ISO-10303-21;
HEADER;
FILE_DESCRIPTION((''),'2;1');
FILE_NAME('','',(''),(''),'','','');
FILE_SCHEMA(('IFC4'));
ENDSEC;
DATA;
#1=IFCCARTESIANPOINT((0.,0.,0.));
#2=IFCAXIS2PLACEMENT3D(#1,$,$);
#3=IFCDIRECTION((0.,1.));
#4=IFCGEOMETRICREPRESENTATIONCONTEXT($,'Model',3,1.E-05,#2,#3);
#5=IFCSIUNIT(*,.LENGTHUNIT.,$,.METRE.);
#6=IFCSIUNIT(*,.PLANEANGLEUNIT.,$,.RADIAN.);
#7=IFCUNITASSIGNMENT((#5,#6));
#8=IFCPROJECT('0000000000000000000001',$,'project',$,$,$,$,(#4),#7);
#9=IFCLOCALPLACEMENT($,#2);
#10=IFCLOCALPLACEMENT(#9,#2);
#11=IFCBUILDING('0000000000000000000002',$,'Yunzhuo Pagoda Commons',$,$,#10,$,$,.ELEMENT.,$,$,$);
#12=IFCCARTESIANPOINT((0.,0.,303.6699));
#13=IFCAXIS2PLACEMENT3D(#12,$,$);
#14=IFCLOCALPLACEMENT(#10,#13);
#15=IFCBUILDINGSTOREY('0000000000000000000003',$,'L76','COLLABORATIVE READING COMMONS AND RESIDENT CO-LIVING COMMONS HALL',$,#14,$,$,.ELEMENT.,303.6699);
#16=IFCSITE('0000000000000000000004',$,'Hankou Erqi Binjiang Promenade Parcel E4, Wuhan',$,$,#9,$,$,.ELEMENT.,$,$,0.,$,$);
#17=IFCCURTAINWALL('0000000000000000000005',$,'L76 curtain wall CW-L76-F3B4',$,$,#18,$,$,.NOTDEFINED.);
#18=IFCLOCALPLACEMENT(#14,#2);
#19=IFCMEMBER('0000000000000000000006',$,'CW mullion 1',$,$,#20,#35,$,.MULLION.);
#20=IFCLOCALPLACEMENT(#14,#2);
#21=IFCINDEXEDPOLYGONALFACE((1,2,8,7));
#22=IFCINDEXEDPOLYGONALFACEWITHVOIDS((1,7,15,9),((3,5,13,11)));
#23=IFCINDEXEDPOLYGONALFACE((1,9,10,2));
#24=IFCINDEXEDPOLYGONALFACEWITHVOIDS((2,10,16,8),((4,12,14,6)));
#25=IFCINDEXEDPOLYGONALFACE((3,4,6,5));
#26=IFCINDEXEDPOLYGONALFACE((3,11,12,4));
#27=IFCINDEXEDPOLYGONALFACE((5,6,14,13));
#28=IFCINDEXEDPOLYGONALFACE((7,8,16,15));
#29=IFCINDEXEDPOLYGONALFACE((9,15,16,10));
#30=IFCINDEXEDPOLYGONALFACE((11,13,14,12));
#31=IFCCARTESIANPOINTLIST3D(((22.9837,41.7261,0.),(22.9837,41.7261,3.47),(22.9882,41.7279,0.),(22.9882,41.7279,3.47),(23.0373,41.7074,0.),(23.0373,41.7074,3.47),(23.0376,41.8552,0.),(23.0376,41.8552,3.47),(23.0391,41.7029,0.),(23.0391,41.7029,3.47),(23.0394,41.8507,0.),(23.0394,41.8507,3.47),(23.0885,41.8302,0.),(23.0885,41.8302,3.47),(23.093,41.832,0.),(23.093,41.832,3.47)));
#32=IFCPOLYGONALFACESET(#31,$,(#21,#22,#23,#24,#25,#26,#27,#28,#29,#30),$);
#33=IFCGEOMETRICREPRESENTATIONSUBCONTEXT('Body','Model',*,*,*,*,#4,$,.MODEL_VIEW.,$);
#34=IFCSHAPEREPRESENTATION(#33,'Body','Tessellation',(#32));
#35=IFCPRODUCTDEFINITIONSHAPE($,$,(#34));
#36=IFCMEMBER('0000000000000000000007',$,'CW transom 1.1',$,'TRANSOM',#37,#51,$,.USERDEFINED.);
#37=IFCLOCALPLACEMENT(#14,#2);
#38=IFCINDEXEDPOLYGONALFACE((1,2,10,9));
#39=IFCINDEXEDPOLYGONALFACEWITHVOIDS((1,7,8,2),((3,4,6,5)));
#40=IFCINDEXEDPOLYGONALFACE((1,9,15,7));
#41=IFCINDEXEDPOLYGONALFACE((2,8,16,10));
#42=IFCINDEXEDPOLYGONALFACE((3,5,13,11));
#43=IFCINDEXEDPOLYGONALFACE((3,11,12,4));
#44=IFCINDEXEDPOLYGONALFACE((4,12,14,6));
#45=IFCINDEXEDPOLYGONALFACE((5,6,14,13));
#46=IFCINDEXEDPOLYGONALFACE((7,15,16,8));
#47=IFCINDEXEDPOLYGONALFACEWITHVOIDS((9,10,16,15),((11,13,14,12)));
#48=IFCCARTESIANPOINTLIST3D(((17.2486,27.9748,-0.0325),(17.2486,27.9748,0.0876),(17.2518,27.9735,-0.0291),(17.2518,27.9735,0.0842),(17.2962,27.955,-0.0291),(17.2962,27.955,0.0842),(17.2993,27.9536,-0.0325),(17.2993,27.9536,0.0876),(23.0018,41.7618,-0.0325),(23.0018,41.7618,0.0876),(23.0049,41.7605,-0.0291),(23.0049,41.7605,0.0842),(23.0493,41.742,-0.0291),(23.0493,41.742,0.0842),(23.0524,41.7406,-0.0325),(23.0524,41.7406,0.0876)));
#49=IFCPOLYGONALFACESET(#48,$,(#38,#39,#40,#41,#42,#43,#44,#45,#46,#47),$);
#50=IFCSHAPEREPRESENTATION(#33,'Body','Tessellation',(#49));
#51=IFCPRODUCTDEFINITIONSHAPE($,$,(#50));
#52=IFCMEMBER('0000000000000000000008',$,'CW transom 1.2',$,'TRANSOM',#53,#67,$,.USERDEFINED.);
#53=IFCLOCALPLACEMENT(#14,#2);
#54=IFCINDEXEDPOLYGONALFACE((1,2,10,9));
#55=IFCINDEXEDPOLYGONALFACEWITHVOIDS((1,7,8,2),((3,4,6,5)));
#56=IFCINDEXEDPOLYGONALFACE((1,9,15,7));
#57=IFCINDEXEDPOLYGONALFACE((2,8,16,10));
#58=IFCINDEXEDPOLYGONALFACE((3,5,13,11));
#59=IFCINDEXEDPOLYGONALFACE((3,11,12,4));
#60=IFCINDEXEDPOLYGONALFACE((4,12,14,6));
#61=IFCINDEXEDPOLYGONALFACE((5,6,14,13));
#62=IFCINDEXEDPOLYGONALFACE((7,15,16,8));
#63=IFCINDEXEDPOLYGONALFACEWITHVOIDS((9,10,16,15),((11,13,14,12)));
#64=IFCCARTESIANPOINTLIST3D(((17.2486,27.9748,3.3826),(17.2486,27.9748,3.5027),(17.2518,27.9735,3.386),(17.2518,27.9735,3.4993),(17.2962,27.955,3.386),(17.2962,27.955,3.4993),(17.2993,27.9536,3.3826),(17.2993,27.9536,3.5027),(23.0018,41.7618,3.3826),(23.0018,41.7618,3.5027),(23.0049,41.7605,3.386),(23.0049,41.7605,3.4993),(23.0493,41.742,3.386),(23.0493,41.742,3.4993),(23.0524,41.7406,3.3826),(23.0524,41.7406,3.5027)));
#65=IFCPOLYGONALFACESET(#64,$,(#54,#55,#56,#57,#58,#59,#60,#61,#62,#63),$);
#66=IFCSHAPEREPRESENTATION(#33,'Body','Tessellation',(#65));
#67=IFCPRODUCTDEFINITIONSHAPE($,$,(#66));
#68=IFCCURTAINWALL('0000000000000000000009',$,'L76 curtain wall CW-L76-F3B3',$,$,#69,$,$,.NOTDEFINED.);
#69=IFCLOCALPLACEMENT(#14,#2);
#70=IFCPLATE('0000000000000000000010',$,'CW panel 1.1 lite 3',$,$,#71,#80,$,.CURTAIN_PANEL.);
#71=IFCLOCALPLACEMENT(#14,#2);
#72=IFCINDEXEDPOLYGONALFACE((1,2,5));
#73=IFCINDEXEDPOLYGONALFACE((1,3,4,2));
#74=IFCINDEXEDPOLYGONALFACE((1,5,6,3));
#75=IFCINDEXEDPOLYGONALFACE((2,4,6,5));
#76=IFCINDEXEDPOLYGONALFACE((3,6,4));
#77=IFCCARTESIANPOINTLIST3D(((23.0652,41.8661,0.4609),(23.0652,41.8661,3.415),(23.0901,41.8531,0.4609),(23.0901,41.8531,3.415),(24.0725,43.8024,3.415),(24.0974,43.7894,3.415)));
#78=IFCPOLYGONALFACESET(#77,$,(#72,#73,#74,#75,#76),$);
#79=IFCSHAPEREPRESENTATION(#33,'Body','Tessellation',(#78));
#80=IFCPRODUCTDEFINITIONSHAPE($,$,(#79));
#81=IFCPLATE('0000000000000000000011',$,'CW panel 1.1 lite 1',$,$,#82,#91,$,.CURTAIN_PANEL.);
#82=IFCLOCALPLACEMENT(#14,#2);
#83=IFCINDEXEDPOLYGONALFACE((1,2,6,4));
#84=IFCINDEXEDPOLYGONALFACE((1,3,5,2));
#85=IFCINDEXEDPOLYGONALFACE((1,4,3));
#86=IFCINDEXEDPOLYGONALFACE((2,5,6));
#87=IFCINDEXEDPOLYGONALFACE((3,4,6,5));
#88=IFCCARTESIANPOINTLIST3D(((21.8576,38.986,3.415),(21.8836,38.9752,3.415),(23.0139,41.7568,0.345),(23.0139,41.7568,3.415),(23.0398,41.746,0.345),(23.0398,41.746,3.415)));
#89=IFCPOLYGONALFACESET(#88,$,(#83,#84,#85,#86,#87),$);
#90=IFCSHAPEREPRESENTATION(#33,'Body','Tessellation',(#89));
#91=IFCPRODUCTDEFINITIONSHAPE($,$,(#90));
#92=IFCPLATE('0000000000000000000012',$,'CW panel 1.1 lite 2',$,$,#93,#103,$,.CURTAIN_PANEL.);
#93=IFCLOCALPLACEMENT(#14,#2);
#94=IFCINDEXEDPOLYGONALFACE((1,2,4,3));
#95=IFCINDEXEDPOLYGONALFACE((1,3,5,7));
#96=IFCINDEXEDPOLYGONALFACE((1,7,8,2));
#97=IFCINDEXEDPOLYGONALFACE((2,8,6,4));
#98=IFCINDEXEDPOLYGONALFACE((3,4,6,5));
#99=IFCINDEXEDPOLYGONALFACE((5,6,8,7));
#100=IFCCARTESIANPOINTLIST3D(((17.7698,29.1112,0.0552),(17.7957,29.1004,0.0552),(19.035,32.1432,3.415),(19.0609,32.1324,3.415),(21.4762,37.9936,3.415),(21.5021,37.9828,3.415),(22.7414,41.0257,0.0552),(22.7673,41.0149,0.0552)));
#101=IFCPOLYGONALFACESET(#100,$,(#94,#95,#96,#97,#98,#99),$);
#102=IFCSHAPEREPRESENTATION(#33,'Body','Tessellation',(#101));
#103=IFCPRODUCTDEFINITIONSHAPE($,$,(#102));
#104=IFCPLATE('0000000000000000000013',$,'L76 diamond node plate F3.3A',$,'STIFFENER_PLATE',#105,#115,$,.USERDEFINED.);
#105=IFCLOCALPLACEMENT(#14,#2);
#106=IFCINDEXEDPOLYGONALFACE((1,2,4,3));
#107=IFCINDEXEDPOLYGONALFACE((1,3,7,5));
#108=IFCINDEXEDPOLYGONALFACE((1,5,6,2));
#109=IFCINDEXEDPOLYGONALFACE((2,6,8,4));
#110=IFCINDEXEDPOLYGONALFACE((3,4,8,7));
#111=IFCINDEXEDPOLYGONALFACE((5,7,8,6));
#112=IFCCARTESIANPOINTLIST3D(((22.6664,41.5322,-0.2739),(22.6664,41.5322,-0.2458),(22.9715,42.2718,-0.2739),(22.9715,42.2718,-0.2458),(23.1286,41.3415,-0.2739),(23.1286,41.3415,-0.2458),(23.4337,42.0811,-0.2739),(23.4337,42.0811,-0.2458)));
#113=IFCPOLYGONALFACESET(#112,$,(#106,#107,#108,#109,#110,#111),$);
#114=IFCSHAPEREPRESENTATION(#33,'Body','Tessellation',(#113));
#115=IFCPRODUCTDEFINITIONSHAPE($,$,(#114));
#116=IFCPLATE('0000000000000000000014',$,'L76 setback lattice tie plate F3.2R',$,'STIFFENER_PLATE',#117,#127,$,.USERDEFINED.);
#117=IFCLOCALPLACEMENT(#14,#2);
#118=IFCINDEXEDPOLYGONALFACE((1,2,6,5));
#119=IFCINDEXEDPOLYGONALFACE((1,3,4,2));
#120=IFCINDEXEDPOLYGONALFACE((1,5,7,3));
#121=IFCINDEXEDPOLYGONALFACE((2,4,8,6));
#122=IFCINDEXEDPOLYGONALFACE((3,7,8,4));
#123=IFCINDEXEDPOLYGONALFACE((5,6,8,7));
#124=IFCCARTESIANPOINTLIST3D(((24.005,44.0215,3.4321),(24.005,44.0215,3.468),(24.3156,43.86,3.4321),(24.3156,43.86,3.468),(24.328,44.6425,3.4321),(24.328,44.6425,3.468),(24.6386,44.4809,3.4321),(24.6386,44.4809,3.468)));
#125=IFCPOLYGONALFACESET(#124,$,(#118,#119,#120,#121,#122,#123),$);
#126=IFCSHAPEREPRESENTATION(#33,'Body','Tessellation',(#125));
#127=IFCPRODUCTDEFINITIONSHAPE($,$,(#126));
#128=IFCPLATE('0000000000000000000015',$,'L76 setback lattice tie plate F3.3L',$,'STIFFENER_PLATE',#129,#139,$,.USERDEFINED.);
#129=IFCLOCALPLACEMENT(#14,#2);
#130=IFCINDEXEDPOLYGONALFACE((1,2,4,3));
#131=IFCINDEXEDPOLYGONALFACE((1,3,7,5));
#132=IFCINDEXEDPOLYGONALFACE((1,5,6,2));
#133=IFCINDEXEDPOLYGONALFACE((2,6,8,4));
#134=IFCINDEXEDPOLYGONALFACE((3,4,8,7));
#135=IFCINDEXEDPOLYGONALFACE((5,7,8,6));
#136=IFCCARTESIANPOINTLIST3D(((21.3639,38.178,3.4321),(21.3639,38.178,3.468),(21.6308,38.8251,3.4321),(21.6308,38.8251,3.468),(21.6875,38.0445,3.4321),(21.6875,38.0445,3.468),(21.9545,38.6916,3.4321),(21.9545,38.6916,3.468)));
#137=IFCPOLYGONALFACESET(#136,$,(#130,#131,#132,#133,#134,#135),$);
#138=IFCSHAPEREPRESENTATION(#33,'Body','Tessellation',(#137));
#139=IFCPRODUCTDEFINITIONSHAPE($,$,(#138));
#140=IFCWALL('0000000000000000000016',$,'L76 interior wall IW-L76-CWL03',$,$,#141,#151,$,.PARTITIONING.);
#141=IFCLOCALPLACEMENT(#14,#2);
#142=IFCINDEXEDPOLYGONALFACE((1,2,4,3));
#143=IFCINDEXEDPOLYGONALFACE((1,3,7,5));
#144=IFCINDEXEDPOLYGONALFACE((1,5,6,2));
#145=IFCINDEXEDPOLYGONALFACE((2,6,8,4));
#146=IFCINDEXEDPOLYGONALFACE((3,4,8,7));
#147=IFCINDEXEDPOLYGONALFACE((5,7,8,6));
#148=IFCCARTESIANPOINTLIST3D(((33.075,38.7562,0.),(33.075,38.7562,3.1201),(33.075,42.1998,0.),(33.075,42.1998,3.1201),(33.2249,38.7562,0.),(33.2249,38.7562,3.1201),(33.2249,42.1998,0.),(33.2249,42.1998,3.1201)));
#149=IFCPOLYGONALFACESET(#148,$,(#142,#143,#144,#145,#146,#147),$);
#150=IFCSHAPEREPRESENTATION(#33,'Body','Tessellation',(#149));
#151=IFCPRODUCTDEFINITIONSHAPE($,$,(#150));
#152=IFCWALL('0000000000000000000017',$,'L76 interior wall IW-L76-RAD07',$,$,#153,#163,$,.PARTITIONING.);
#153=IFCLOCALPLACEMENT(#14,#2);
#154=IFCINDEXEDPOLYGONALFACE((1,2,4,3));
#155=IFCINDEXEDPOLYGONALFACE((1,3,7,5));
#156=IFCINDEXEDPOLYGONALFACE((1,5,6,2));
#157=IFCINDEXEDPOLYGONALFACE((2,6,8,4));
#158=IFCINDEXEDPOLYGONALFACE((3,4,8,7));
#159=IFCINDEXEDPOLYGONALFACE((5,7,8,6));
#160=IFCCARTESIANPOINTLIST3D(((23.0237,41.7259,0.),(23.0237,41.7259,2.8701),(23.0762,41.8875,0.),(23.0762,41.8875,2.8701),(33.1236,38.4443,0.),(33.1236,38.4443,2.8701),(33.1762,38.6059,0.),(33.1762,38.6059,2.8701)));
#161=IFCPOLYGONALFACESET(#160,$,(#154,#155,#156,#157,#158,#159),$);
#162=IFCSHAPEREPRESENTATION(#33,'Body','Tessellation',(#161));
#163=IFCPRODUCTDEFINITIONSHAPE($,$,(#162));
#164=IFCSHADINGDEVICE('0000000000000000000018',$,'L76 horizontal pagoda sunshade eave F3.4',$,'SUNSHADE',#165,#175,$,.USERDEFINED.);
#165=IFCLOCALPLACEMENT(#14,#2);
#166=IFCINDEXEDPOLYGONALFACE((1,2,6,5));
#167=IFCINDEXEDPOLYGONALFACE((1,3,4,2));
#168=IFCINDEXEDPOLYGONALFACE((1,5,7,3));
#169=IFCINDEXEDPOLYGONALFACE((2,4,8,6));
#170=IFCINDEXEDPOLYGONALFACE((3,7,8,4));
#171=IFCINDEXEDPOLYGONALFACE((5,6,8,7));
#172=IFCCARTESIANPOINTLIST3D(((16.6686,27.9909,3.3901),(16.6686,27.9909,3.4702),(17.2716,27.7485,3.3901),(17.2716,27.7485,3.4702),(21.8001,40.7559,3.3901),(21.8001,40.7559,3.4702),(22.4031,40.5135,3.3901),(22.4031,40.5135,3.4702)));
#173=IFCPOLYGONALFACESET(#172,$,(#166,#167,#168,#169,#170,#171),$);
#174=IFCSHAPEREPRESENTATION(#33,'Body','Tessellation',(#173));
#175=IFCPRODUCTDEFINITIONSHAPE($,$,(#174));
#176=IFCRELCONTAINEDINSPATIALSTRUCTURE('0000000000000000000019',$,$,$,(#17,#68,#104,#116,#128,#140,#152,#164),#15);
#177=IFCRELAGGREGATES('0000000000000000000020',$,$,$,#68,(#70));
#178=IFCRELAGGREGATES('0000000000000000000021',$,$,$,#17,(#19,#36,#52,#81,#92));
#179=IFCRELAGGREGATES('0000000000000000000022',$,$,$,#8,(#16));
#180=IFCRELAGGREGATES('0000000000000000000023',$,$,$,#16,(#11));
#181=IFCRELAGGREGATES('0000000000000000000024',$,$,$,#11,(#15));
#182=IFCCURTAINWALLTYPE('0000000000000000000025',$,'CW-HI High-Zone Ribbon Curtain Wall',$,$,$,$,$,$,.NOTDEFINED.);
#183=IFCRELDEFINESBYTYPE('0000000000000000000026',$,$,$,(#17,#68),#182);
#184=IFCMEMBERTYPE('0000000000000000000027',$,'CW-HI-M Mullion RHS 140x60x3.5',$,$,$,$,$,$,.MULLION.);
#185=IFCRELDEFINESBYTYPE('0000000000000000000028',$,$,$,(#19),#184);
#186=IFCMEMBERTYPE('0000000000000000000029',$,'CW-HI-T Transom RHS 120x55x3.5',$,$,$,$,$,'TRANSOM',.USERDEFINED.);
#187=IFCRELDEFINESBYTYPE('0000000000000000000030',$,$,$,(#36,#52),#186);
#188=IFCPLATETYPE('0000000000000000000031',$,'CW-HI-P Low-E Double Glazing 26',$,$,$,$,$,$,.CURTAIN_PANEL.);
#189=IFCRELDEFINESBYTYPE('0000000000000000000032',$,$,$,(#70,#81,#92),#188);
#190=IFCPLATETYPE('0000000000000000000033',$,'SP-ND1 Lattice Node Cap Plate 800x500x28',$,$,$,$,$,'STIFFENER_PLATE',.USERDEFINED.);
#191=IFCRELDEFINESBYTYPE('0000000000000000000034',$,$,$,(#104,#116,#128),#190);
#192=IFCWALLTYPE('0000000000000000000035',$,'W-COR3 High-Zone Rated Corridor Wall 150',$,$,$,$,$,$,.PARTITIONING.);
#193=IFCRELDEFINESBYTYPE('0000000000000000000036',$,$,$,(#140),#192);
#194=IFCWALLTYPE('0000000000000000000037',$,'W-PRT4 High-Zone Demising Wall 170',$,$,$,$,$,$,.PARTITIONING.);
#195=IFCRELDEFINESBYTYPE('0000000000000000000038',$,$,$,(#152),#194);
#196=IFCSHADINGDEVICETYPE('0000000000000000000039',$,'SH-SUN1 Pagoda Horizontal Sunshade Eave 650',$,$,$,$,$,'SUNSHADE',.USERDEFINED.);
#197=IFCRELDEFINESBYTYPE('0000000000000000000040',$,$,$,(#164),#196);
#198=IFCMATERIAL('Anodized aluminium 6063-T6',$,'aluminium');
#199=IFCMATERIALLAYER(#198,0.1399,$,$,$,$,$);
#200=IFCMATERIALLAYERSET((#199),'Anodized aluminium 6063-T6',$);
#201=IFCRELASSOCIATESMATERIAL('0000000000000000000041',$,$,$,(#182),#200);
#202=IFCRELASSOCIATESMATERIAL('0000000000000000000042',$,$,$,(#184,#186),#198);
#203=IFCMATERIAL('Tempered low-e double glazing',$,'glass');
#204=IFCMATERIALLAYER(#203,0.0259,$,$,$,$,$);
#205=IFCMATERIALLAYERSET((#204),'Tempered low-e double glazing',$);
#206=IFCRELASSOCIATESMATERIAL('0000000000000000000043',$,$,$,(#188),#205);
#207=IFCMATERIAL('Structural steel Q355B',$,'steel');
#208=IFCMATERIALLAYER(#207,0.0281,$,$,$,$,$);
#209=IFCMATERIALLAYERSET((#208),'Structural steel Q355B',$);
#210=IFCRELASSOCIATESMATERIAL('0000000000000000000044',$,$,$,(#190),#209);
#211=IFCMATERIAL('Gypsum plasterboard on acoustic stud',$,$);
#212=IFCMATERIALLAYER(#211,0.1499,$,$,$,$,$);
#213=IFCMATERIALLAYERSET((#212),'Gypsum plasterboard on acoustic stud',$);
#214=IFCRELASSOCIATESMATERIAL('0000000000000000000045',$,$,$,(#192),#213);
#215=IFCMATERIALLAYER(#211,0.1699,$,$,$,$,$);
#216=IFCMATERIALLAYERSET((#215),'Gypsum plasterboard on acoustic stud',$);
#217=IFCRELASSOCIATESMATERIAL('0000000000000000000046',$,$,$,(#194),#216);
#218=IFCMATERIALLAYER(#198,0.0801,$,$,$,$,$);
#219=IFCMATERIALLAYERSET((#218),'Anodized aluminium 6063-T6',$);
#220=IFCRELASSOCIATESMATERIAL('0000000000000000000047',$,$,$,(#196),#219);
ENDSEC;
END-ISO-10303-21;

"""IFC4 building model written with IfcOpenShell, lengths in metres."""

from ifc_helpers import new_model, si_unit, direction, frame, frame_2d, origin, origin_2d, place, context, subcontext, project, spatial, polyline, rectangle, hollow_rectangle, outline, extrude, source, transform, mapped, material, layer, layer_set, material_profile, profile_set, type_object, element, aggregate, save


model = new_model("IFC4")

# Units and contexts
model_context = context("Model", 3, precision=1e-05, world=origin(), true_north=direction((0.0, 1.0)))
body_context = subcontext(model_context, "Body", "Model", "MODEL_VIEW")
ifc_project = project(units=[si_unit("LENGTHUNIT", "METRE"), si_unit("PLANEANGLEUNIT", "RADIAN")], contexts=[model_context])

# Site, building, storey
site_placement = place(None, origin())
site = spatial("IfcSite", under=ifc_project, at=site_placement, Name="Hankou Erqi Binjiang Promenade Parcel E4, Wuhan", CompositionType="ELEMENT", RefElevation=0.0)
building_placement = place(site_placement, origin())
building = spatial("IfcBuilding", under=site, at=building_placement, Name="Yunzhuo Pagoda Commons", CompositionType="ELEMENT")
storey_placement = place(building_placement, frame((0.0, 0.0, 303.6699)))
storey = spatial("IfcBuildingStorey", under=building, at=storey_placement, Name="L76", Description="COLLABORATIVE READING COMMONS AND RESIDENT CO-LIVING COMMONS HALL", CompositionType="ELEMENT", Elevation=303.6699)

# Shared definitions
ifc_material_1 = material(Name="Structural steel Q355B", Category="steel")

# Curtain wall, members
ifc_material_2 = material(Name="Anodized aluminium 6063-T6", Category="aluminium")
ifc_layer_1 = layer(ifc_material_2, 0.1399)
ifc_layer_set_1 = layer_set([ifc_layer_1], Name="Anodized aluminium 6063-T6")
curtain_wall_type = type_object("IfcCurtainWallType", Name="CW-HI High-Zone Ribbon Curtain Wall", PredefinedType="NOTDEFINED", material=ifc_layer_set_1)
curtain_wall_1_placement = place(storey_placement, origin())
curtain_wall_1 = element("IfcCurtainWall", 1, at=curtain_wall_1_placement, inside=storey, type_object=curtain_wall_type, Name="L76 curtain wall CW-L76-F3B4", PredefinedType="NOTDEFINED")
ifc_material_profile_1 = material_profile(ifc_material_2, hollow_rectangle(XDim=0.0601, YDim=0.1399, WallThickness=0.0034, at=origin_2d()), Name="Anodized aluminium 6063-T6")
ifc_profile_set_1 = profile_set([ifc_material_profile_1], Name="Anodized aluminium 6063-T6")
member_type_1 = type_object("IfcMemberType", Name="CW-HI-M Mullion RHS 140x60x3.5", PredefinedType="MULLION", material=ifc_profile_set_1)
shared_shape_1 = source(origin(), body_context, "Body", "SweptSolid", [
    extrude(hollow_rectangle(XDim=0.0601, YDim=0.1399, WallThickness=0.0034, at=origin_2d()), origin(), (0.0, 0.0, 1.0), 3.47),
])
member_1_placement = place(storey_placement, frame((23.0383, 41.7791, 0.0), z_axis=(0.0, 0.0, 1.0), x_axis=(0.922876, -0.385097, 0.0)))
member_1 = element("IfcMember", 2, at=member_1_placement, type_object=member_type_1, Name="CW mullion 1", PredefinedType="MULLION", context=body_context, shape_type="MappedRepresentation", body=[
    mapped(shared_shape_1, transform((0.0, 0.0, 0.0), scale=1.0)),
])
ifc_material_profile_2 = material_profile(ifc_material_2, hollow_rectangle(XDim=0.0549, YDim=0.1201, WallThickness=0.0034, at=origin_2d()), Name="Anodized aluminium 6063-T6")
ifc_profile_set_2 = profile_set([ifc_material_profile_2], Name="Anodized aluminium 6063-T6")
member_type_2 = type_object("IfcMemberType", Name="CW-HI-T Transom RHS 120x55x3.5", ElementType="TRANSOM", PredefinedType="USERDEFINED", material=ifc_profile_set_2)
shared_shape_2 = source(origin(), body_context, "Body", "SweptSolid", [
    extrude(hollow_rectangle(XDim=0.0549, YDim=0.1201, WallThickness=0.0034, at=origin_2d()), origin(), (0.0, 0.0, 1.0), 14.9392),
])
member_2_placement = place(storey_placement, frame((23.0271, 41.7512, 0.0276), z_axis=(-0.385103, -0.922874, 0.0), x_axis=(0.922874, -0.385103, 0.0)))
member_2 = element("IfcMember", 3, at=member_2_placement, type_object=member_type_2, Name="CW transom 1.1", ObjectType="TRANSOM", PredefinedType="USERDEFINED", context=body_context, shape_type="MappedRepresentation", body=[
    mapped(shared_shape_2, transform((0.0, 0.0, 0.0), scale=1.0)),
])
member_3_placement = place(storey_placement, frame((23.0271, 41.7512, 3.4426), z_axis=(-0.385103, -0.922874, 0.0), x_axis=(0.922874, -0.385103, 0.0)))
member_3 = element("IfcMember", 4, at=member_3_placement, type_object=member_type_2, Name="CW transom 1.2", ObjectType="TRANSOM", PredefinedType="USERDEFINED", context=body_context, shape_type="MappedRepresentation", body=[
    mapped(shared_shape_2, transform((0.0, 0.0, 0.0), scale=1.0)),
])

# Curtain wall, plate
curtain_wall_2_placement = place(storey_placement, origin())
curtain_wall_2 = element("IfcCurtainWall", 5, at=curtain_wall_2_placement, inside=storey, type_object=curtain_wall_type, Name="L76 curtain wall CW-L76-F3B3", PredefinedType="NOTDEFINED")
ifc_material_3 = material(Name="Tempered low-e double glazing", Category="glass")
ifc_layer_2 = layer(ifc_material_3, 0.0259)
ifc_layer_set_2 = layer_set([ifc_layer_2], Name="Tempered low-e double glazing")
plate_type_1 = type_object("IfcPlateType", Name="CW-HI-P Low-E Double Glazing 26", PredefinedType="CURTAIN_PANEL", material=ifc_layer_set_2)
plate_1_placement = place(storey_placement, frame((23.5938, 42.8213, 1.938), z_axis=(-0.887137, 0.461505, 0.0), x_axis=(-0.461505, -0.887137, 0.0)))
plate_1 = element("IfcPlate", 6, at=plate_1_placement, type_object=plate_type_1, Name="CW panel 1.1 lite 3", PredefinedType="CURTAIN_PANEL", context=body_context, shape_type="SweptSolid", body=[
    extrude(outline(polyline([(-1.0913, 1.4771), (1.0913, -1.4771), (1.0913, 1.4771), (-1.0913, 1.4771)])), origin(), (0.0, 0.0, 1.0), 0.0281),
])
aggregate(curtain_wall_2, [plate_1])

# Plates
plate_2_placement = place(storey_placement, frame((22.4617, 40.3606, 1.8799), z_axis=(-0.922876, 0.385097, 0.0), x_axis=(-0.385097, -0.922876, 0.0)))
plate_2 = element("IfcPlate", 7, at=plate_2_placement, type_object=plate_type_1, Name="CW panel 1.1 lite 1", PredefinedType="CURTAIN_PANEL", context=body_context, shape_type="SweptSolid", body=[
    extrude(outline(polyline([(-1.5012, -1.5349), (1.5012, 1.5352), (-1.5012, 1.5352), (-1.5012, -1.5349)])), origin(), (0.0, 0.0, 1.0), 0.0281),
])
plate_3_placement = place(storey_placement, frame((20.2815, 35.0576, 1.7351), z_axis=(-0.922876, 0.385097, 0.0), x_axis=(-0.385097, -0.922876, 0.0)))
plate_3 = element("IfcPlate", 8, at=plate_3_placement, type_object=plate_type_1, Name="CW panel 1.1 lite 2", PredefinedType="CURTAIN_PANEL", context=body_context, shape_type="SweptSolid", body=[
    extrude(outline(polyline([(-6.4551, -1.6799), (6.4551, -1.6799), (3.1697, 1.6799), (-3.1697, 1.6799), (-6.4551, -1.6799)])), origin(), (0.0, 0.0, 1.0), 0.0281),
])
aggregate(curtain_wall_1, [member_1, member_2, member_3, plate_2, plate_3])

# Plates
ifc_layer_3 = layer(ifc_material_1, 0.0281)
ifc_layer_set_3 = layer_set([ifc_layer_3], Name="Structural steel Q355B")
plate_type_2 = type_object("IfcPlateType", Name="SP-ND1 Lattice Node Cap Plate 800x500x28", ElementType="STIFFENER_PLATE", PredefinedType="USERDEFINED", material=ifc_layer_set_3)
shared_shape_3 = source(origin(), body_context, "Body", "SweptSolid", [
    extrude(rectangle(XDim=0.8, YDim=0.5, at=origin_2d()), origin(), (0.0, 0.0, 1.0), 0.0281),
])
plate_4_placement = place(storey_placement, frame((23.05, 41.8066, -0.2739), z_axis=(0.0, 0.0, 1.0), x_axis=(-0.381345, -0.924433, 0.0)))
element("IfcPlate", 9, at=plate_4_placement, inside=storey, type_object=plate_type_2, Name="L76 diamond node plate F3.3A", ObjectType="STIFFENER_PLATE", PredefinedType="USERDEFINED", context=body_context, shape_type="MappedRepresentation", body=[
    mapped(shared_shape_3, transform((0.0, 0.0, 0.0), scale=1.0)),
])
shared_shape_4 = source(origin(), body_context, "Body", "SweptSolid", [
    extrude(rectangle(XDim=0.7, YDim=0.3501, at=origin_2d()), origin(), (0.0, 0.0, 1.0), 0.0359),
])
for number, where, z_axis, x_axis, name in (
    (10, (24.3218, 44.2512, 3.4321), (0.0, 0.0, 1.0), (-0.461501, -0.88714, 0.0), "L76 setback lattice tie plate F3.2R"),
    (11, (21.6592, 38.4348, 3.4321), (0.0, 0.0, 1.0), (-0.381345, -0.924433, 0.0), "L76 setback lattice tie plate F3.3L"),
):
    element("IfcPlate", number, at=place(storey_placement, frame(where, z_axis=z_axis, x_axis=x_axis)), inside=storey, type_object=plate_type_2, Name=name, ObjectType="STIFFENER_PLATE", PredefinedType="USERDEFINED", context=body_context, shape_type="MappedRepresentation", body=[
        mapped(shared_shape_4, transform((0.0, 0.0, 0.0), scale=1.0)),
    ])

# Walls
ifc_material_4 = material(Name="Gypsum plasterboard on acoustic stud")
ifc_layer_4 = layer(ifc_material_4, 0.1499)
ifc_layer_set_4 = layer_set([ifc_layer_4], Name="Gypsum plasterboard on acoustic stud")
wall_type_1 = type_object("IfcWallType", Name="W-COR3 High-Zone Rated Corridor Wall 150", PredefinedType="PARTITIONING", material=ifc_layer_set_4)
wall_1_placement = place(storey_placement, frame((33.1499, 38.7563, 0.0), z_axis=(0.0, 0.0, 1.0), x_axis=(0.0, 1.0, 0.0)))
element("IfcWall", 12, at=wall_1_placement, inside=storey, type_object=wall_type_1, Name="L76 interior wall IW-L76-CWL03", PredefinedType="PARTITIONING", context=body_context, shape_type="SweptSolid", body=[
    extrude(rectangle(XDim=3.4436, YDim=0.1499, at=frame_2d((1.7217, 0.0))), origin(), (0.0, 0.0, 1.0), 3.1201),
])
ifc_layer_5 = layer(ifc_material_4, 0.1699)
ifc_layer_set_5 = layer_set([ifc_layer_5], Name="Gypsum plasterboard on acoustic stud")
wall_type_2 = type_object("IfcWallType", Name="W-PRT4 High-Zone Demising Wall 170", PredefinedType="PARTITIONING", material=ifc_layer_set_5)
wall_2_placement = place(storey_placement, frame((33.1499, 38.5251, 0.0), z_axis=(0.0, 0.0, 1.0), x_axis=(-0.951061, 0.309004, 0.0)))
element("IfcWall", 13, at=wall_2_placement, inside=storey, type_object=wall_type_2, Name="L76 interior wall IW-L76-RAD07", PredefinedType="PARTITIONING", context=body_context, shape_type="SweptSolid", body=[
    extrude(rectangle(XDim=10.6196, YDim=0.1699, at=frame_2d((5.3098, 0.0))), origin(), (0.0, 0.0, 1.0), 2.8701),
])

# Shading device
ifc_layer_6 = layer(ifc_material_2, 0.0801)
ifc_layer_set_6 = layer_set([ifc_layer_6], Name="Anodized aluminium 6063-T6")
shading_device_type = type_object("IfcShadingDeviceType", Name="SH-SUN1 Pagoda Horizontal Sunshade Eave 650", ElementType="SUNSHADE", PredefinedType="USERDEFINED", material=ifc_layer_set_6)
shared_shape_5 = source(origin(), body_context, "Body", "SweptSolid", [
    extrude(rectangle(XDim=13.7578, YDim=0.6499, at=origin_2d()), origin(), (0.0, 0.0, 1.0), 0.0801),
])
shading_device_placement = place(storey_placement, frame((19.5359, 34.2522, 3.3901), z_axis=(0.0, 0.0, 1.0), x_axis=(-0.372988, -0.927836, 0.0)))
element("IfcShadingDevice", 14, at=shading_device_placement, inside=storey, type_object=shading_device_type, Name="L76 horizontal pagoda sunshade eave F3.4", ObjectType="SUNSHADE", PredefinedType="USERDEFINED", context=body_context, shape_type="MappedRepresentation", body=[
    mapped(shared_shape_5, transform((0.0, 0.0, 0.0), scale=1.0)),
])

save(model, "model.ifc")
